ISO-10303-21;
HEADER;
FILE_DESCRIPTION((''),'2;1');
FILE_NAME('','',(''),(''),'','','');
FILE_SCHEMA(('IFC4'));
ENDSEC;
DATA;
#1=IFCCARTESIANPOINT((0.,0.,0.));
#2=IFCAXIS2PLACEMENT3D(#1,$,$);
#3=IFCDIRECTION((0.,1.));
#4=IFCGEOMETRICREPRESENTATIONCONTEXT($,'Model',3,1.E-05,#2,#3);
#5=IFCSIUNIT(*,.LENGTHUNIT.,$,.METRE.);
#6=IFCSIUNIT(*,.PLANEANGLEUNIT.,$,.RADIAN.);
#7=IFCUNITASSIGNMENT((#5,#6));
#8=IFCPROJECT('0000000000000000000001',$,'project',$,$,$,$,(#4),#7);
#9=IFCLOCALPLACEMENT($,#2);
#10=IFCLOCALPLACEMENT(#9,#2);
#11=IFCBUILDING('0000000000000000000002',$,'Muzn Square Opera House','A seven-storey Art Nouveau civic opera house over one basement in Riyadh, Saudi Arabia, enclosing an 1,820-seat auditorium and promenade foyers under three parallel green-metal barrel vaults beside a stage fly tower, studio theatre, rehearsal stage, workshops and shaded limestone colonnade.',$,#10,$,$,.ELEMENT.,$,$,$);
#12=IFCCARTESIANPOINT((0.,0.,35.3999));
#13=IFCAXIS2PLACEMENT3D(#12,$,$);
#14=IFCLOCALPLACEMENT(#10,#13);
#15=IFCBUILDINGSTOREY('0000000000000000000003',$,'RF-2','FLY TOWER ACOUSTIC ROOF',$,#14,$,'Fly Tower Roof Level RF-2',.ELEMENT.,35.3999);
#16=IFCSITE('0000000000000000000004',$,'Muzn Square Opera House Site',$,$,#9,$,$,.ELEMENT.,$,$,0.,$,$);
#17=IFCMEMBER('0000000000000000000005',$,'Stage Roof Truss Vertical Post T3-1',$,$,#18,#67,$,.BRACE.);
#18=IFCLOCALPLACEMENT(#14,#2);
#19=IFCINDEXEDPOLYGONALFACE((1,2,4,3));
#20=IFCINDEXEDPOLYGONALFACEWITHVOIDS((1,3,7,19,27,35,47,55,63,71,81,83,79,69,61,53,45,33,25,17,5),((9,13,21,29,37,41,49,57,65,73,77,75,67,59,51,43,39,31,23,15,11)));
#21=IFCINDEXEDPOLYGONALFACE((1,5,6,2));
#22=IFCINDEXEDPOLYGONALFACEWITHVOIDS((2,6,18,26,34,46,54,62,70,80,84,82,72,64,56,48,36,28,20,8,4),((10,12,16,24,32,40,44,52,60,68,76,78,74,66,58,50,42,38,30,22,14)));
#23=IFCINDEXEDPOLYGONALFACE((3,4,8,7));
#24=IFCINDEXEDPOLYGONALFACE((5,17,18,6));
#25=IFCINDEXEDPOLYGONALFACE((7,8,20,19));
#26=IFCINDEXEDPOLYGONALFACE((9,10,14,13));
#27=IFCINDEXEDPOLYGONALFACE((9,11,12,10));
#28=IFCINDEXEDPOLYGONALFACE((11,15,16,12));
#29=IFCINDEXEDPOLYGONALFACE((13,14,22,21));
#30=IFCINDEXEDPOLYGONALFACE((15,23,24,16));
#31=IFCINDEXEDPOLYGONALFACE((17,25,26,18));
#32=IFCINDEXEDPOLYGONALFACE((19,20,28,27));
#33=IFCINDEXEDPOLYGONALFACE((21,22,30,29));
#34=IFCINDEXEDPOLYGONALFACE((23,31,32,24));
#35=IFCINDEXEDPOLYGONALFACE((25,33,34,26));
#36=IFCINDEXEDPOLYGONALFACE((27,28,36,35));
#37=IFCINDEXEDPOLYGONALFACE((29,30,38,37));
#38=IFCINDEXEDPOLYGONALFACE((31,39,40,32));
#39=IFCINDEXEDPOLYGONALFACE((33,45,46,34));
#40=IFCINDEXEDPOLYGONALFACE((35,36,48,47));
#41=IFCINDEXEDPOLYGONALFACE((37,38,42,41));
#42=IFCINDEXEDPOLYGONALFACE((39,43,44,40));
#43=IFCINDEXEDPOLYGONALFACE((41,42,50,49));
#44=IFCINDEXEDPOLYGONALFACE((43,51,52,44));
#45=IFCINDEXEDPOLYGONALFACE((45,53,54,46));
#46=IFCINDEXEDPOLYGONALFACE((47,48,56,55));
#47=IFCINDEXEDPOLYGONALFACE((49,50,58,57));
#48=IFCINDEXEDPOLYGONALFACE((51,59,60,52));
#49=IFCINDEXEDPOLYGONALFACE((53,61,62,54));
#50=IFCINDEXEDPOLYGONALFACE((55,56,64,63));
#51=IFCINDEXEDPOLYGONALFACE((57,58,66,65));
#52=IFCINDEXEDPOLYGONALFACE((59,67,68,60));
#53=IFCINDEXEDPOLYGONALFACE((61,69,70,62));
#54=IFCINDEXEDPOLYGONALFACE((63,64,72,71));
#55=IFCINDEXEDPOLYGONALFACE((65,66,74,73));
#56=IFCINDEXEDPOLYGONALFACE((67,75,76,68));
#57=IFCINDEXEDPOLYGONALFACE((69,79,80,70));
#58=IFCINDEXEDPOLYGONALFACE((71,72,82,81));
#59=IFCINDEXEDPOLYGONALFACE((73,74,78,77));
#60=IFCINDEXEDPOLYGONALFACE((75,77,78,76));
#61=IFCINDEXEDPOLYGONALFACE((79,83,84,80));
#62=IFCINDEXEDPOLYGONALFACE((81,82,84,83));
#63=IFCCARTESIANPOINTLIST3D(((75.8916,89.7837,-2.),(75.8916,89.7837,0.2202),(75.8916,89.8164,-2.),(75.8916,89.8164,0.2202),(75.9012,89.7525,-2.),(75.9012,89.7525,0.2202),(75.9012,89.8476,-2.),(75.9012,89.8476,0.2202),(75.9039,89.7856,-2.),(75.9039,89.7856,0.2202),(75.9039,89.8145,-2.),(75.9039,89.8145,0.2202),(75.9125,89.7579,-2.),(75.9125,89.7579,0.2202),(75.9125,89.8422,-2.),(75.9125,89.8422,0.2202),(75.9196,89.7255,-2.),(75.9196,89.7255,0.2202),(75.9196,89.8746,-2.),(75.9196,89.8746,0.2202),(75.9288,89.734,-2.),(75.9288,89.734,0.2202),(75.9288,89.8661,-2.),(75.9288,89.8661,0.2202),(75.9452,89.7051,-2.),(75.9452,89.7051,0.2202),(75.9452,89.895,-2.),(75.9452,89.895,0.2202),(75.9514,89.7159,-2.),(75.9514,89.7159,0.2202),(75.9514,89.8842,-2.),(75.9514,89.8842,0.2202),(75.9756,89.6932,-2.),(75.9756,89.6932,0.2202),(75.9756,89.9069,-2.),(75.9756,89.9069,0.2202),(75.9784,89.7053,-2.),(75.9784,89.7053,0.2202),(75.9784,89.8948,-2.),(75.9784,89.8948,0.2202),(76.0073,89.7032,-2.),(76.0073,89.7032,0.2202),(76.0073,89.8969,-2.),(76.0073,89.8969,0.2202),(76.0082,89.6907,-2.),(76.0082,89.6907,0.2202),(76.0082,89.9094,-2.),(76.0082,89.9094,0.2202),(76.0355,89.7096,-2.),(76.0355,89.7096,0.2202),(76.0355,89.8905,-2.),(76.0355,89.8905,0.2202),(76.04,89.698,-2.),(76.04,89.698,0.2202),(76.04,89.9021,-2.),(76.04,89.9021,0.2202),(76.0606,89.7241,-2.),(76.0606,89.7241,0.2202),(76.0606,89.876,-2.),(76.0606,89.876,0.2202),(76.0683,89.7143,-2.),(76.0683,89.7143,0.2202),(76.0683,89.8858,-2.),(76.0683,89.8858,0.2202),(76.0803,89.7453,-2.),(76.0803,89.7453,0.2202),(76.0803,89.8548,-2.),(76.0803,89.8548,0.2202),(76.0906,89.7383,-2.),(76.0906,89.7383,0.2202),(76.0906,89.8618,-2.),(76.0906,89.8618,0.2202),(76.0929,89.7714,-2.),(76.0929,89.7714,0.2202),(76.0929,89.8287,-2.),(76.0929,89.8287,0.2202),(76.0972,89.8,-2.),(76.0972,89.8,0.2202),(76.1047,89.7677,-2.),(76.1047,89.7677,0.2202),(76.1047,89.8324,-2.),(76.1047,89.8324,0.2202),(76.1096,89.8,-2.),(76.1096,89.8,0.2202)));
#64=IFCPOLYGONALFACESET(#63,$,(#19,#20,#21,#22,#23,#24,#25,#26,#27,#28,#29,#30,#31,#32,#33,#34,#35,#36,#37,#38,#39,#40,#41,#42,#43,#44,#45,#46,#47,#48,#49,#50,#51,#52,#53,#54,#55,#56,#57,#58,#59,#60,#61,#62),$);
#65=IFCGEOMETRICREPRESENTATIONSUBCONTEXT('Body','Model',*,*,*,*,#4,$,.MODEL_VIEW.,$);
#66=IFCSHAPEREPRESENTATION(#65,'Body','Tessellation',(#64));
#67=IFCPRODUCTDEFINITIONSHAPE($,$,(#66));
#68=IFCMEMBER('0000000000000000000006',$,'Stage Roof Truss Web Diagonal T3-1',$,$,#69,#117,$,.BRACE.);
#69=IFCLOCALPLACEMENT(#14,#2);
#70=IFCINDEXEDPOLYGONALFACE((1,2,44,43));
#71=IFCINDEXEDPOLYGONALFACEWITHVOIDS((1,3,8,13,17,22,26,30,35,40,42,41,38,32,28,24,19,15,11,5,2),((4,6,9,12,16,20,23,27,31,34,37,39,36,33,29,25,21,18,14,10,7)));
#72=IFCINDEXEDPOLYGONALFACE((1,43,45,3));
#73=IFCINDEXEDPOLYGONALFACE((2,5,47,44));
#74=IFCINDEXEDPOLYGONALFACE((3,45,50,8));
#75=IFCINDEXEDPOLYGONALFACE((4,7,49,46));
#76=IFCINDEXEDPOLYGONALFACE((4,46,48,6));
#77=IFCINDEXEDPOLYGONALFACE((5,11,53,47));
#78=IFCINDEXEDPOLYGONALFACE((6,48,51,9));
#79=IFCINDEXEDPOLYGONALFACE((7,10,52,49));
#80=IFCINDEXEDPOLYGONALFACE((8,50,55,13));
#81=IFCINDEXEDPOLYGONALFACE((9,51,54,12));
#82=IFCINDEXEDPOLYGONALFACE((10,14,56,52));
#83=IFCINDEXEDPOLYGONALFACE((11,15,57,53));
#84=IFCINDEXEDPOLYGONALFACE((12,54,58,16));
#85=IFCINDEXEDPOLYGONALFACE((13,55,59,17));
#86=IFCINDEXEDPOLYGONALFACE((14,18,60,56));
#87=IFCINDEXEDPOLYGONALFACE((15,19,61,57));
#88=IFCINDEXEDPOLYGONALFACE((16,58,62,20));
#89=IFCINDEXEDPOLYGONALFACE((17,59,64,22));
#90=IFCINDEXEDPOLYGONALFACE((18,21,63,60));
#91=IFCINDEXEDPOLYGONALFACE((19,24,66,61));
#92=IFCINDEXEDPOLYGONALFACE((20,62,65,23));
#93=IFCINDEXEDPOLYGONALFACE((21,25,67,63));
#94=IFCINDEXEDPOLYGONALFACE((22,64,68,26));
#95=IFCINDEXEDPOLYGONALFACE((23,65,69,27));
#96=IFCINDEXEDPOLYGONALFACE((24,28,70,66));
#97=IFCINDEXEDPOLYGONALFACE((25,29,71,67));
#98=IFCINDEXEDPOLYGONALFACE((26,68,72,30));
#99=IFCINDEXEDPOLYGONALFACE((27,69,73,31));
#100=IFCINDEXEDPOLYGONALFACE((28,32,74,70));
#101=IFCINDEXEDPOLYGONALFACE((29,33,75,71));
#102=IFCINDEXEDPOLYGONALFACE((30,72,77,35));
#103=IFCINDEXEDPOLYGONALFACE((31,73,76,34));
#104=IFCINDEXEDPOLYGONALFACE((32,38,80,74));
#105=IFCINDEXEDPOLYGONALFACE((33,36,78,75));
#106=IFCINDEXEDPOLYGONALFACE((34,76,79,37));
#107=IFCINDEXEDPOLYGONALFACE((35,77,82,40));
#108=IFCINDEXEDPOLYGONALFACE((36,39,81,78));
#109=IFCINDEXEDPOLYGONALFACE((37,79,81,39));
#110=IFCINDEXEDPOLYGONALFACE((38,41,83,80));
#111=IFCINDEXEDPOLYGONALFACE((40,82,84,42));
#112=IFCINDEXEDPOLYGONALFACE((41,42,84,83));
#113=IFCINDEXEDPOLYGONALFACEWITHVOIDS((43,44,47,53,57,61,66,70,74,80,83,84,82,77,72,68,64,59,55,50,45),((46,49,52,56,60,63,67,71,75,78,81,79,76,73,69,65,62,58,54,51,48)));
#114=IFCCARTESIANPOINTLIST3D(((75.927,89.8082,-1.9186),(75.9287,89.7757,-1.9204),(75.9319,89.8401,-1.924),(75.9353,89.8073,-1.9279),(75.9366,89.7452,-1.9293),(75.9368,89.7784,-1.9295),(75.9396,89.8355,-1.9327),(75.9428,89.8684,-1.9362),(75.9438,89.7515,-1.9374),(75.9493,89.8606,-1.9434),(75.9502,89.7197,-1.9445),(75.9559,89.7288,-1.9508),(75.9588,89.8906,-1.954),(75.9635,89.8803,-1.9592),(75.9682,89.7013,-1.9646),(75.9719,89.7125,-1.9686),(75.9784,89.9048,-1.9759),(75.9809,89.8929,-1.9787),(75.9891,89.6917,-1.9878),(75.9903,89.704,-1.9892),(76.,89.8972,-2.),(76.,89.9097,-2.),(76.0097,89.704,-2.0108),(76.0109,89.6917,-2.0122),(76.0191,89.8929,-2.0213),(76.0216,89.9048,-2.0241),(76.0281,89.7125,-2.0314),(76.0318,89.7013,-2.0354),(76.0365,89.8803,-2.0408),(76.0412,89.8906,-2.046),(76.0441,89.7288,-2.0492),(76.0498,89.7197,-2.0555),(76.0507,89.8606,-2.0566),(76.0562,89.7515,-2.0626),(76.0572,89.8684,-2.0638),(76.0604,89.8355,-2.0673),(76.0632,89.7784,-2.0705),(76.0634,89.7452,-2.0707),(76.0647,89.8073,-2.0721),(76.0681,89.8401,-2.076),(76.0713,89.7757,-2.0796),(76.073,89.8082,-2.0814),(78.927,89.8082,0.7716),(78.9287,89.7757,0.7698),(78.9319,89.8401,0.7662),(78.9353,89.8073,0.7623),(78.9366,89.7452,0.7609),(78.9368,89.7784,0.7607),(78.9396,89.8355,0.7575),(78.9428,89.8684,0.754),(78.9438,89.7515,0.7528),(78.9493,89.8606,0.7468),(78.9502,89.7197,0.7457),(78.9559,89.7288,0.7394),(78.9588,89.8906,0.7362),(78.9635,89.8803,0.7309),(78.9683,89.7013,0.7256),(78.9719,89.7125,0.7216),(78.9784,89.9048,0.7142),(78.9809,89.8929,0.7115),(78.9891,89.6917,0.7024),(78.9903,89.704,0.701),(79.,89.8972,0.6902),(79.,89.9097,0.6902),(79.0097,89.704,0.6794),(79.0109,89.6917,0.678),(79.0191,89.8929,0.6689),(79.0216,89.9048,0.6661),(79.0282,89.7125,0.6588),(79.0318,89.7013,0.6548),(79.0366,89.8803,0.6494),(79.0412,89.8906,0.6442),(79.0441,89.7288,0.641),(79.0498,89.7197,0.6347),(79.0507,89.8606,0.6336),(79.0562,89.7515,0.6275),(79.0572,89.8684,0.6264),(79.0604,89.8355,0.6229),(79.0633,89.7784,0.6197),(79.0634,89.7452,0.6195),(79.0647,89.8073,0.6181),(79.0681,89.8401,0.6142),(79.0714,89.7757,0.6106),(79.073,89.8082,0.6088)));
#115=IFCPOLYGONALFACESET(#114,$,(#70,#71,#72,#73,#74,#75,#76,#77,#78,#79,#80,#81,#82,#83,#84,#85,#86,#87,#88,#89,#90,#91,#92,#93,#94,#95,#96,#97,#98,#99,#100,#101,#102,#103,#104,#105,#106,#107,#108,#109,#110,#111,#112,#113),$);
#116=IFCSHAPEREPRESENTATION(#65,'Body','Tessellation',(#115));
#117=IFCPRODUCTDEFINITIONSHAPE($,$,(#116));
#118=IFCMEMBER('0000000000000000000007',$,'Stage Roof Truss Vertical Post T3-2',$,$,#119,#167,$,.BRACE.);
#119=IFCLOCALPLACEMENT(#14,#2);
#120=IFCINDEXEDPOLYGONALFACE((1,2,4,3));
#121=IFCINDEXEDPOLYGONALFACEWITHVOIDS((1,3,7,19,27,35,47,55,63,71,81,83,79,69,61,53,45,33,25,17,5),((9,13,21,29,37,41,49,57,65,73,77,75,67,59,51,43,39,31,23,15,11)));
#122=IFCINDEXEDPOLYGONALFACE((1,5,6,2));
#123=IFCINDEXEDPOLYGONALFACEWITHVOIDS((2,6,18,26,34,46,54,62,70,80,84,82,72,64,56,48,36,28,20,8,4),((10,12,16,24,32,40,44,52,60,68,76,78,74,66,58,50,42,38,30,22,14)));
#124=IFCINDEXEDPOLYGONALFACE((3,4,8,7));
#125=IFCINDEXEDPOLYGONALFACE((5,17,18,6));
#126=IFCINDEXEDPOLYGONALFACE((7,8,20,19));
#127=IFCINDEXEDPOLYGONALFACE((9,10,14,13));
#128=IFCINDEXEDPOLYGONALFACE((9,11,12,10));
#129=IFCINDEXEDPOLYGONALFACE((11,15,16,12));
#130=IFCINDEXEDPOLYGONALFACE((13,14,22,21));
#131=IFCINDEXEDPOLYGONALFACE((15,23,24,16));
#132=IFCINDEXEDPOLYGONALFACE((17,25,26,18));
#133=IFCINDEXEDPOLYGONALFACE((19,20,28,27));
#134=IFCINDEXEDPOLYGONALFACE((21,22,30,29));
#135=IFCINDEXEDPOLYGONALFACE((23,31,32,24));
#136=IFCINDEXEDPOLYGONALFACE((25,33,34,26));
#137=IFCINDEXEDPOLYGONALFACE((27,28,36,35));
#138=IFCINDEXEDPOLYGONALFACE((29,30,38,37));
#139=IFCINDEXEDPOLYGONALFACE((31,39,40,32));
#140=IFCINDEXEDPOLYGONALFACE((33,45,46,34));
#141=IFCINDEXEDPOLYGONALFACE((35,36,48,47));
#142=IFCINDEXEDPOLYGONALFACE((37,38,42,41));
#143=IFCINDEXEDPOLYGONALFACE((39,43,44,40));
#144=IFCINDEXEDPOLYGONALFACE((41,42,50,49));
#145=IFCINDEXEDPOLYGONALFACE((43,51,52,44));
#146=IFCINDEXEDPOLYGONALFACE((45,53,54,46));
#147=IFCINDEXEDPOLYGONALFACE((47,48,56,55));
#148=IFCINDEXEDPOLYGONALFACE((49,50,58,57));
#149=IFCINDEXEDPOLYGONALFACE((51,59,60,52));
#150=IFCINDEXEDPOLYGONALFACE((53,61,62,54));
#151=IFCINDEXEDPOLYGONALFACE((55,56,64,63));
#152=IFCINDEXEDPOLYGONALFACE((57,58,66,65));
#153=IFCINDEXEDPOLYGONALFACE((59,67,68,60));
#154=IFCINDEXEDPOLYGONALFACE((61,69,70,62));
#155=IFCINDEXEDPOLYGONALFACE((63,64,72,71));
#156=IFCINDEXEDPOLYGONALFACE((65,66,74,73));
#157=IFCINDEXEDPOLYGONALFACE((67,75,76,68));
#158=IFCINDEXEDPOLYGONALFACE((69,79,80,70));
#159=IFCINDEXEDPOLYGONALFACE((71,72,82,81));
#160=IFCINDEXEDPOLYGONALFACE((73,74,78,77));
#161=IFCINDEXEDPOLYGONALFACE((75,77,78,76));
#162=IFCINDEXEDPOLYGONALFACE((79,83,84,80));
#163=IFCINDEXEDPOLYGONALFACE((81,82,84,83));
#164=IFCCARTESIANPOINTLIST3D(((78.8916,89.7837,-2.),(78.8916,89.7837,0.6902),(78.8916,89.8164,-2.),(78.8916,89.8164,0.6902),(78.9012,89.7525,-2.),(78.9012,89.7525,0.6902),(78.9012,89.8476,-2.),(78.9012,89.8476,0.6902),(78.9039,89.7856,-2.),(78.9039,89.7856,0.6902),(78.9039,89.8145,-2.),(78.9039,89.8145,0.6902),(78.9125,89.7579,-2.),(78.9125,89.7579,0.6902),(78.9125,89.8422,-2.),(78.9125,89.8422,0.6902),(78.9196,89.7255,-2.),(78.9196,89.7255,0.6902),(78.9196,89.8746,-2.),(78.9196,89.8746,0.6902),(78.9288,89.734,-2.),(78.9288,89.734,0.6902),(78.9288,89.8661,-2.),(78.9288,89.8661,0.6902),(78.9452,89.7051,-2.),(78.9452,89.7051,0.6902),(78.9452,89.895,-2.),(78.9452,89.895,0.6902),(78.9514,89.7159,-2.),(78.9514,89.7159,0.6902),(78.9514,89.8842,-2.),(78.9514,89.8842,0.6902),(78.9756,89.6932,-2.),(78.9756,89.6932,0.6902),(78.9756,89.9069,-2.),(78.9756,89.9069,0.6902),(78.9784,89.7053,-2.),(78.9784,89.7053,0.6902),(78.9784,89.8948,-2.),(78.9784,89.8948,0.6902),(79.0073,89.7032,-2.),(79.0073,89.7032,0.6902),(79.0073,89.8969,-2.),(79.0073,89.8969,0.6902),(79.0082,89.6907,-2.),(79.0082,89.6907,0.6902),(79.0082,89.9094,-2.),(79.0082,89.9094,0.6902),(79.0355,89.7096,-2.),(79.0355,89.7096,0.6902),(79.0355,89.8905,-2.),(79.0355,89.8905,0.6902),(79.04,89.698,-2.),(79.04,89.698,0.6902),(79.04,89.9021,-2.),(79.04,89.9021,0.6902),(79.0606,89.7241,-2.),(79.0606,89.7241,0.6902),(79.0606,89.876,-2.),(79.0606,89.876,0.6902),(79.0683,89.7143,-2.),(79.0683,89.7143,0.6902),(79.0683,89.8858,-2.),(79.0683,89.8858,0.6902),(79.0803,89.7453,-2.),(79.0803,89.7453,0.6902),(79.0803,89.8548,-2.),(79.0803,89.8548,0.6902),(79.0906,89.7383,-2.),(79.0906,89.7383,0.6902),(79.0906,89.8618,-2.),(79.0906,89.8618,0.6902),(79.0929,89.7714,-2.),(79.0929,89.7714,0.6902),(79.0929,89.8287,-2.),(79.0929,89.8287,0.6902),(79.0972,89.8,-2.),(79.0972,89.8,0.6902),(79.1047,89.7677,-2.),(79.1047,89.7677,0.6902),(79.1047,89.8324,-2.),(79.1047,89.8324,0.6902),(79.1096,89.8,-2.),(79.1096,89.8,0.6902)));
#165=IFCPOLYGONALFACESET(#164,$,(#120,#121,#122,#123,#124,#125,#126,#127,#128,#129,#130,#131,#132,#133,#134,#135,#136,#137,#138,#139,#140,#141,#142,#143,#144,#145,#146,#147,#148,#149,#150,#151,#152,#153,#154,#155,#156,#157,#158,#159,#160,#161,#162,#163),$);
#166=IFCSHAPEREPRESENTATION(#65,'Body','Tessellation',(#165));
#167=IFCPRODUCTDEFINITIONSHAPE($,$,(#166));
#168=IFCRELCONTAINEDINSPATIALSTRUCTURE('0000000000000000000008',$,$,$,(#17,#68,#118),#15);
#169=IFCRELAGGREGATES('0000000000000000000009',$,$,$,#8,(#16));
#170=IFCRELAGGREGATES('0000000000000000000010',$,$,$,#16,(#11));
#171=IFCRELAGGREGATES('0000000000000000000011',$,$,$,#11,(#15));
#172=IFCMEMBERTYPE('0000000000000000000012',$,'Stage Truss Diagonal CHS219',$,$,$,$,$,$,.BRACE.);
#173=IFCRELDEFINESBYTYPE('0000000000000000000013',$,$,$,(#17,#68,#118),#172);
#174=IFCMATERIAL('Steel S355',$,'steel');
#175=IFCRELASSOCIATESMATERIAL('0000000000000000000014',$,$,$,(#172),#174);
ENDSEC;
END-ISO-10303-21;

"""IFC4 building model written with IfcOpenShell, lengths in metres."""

from ifc_helpers import new_model, si_unit, direction, frame, origin, origin_2d, place, context, subcontext, project, spatial, hollow_circle, extrude, material, material_profile, profile_set, type_object, element, save


model = new_model("IFC4")

# Units and contexts
model_context = context("Model", 3, precision=1e-05, world=origin(), true_north=direction((0.0, 1.0)))
body_context = subcontext(model_context, "Body", "Model", "MODEL_VIEW")
ifc_project = project(units=[si_unit("LENGTHUNIT", "METRE"), si_unit("PLANEANGLEUNIT", "RADIAN")], contexts=[model_context])

# Site, building, storey
site_placement = place(None, origin())
site = spatial("IfcSite", under=ifc_project, at=site_placement, Name="Muzn Square Opera House Site", CompositionType="ELEMENT", RefElevation=0.0)
building_placement = place(site_placement, origin())
building = spatial("IfcBuilding", under=site, at=building_placement, Name="Muzn Square Opera House", Description="A seven-storey Art Nouveau civic opera house over one basement in Riyadh, Saudi Arabia, enclosing an 1,820-seat auditorium and promenade foyers under three parallel green-metal barrel vaults beside a stage fly tower, studio theatre, rehearsal stage, workshops and shaded limestone colonnade.", CompositionType="ELEMENT")
storey_placement = place(building_placement, frame((0.0, 0.0, 35.3999)))
storey = spatial("IfcBuildingStorey", under=building, at=storey_placement, Name="RF-2", Description="FLY TOWER ACOUSTIC ROOF", LongName="Fly Tower Roof Level RF-2", CompositionType="ELEMENT", Elevation=35.3999)

# Members
ifc_material = material(Name="Steel S355", Category="steel")
ifc_material_profile_1 = material_profile(ifc_material, hollow_circle(Radius=0.1096, WallThickness=0.0125, at=origin_2d()), Name="CHS 219.1x12.5", Category="steel")
ifc_profile_set_1 = profile_set([ifc_material_profile_1], Name="Steel S355")
member_type_1 = type_object("IfcMemberType", Name="Stage Truss Diagonal CHS219", PredefinedType="BRACE", material=ifc_profile_set_1)
member_1_placement = place(storey_placement, frame((76.0, 89.8, -2.0), z_axis=(0.0, 0.0, 1.0), x_axis=(1.0, 0.0, 0.0)))
element("IfcMember", 1, at=member_1_placement, inside=storey, type_object=member_type_1, Name="Stage Roof Truss Vertical Post T3-1", PredefinedType="BRACE", context=body_context, shape_type="SweptSolid", body=[
    extrude(hollow_circle(Radius=0.1096, WallThickness=0.0125, at=origin_2d()), origin(), (0.0, 0.0, 1.0), 2.2202),
])
member_2_placement = place(storey_placement, frame((76.0, 89.8, -2.0), z_axis=(0.744504, 0.0, 0.667618), x_axis=(0.0, 1.0, 0.0)))
element("IfcMember", 2, at=member_2_placement, inside=storey, type_object=member_type_1, Name="Stage Roof Truss Web Diagonal T3-1", PredefinedType="BRACE", context=body_context, shape_type="SweptSolid", body=[
    extrude(hollow_circle(Radius=0.1096, WallThickness=0.0125, at=origin_2d()), origin(), (0.0, 0.0, 1.0), 4.0295),
])
member_3_placement = place(storey_placement, frame((79.0, 89.8, -2.0), z_axis=(0.0, 0.0, 1.0), x_axis=(1.0, 0.0, 0.0)))
element("IfcMember", 3, at=member_3_placement, inside=storey, type_object=member_type_1, Name="Stage Roof Truss Vertical Post T3-2", PredefinedType="BRACE", context=body_context, shape_type="SweptSolid", body=[
    extrude(hollow_circle(Radius=0.1096, WallThickness=0.0125, at=origin_2d()), origin(), (0.0, 0.0, 1.0), 2.6902),
])

save(model, "model.ifc")
